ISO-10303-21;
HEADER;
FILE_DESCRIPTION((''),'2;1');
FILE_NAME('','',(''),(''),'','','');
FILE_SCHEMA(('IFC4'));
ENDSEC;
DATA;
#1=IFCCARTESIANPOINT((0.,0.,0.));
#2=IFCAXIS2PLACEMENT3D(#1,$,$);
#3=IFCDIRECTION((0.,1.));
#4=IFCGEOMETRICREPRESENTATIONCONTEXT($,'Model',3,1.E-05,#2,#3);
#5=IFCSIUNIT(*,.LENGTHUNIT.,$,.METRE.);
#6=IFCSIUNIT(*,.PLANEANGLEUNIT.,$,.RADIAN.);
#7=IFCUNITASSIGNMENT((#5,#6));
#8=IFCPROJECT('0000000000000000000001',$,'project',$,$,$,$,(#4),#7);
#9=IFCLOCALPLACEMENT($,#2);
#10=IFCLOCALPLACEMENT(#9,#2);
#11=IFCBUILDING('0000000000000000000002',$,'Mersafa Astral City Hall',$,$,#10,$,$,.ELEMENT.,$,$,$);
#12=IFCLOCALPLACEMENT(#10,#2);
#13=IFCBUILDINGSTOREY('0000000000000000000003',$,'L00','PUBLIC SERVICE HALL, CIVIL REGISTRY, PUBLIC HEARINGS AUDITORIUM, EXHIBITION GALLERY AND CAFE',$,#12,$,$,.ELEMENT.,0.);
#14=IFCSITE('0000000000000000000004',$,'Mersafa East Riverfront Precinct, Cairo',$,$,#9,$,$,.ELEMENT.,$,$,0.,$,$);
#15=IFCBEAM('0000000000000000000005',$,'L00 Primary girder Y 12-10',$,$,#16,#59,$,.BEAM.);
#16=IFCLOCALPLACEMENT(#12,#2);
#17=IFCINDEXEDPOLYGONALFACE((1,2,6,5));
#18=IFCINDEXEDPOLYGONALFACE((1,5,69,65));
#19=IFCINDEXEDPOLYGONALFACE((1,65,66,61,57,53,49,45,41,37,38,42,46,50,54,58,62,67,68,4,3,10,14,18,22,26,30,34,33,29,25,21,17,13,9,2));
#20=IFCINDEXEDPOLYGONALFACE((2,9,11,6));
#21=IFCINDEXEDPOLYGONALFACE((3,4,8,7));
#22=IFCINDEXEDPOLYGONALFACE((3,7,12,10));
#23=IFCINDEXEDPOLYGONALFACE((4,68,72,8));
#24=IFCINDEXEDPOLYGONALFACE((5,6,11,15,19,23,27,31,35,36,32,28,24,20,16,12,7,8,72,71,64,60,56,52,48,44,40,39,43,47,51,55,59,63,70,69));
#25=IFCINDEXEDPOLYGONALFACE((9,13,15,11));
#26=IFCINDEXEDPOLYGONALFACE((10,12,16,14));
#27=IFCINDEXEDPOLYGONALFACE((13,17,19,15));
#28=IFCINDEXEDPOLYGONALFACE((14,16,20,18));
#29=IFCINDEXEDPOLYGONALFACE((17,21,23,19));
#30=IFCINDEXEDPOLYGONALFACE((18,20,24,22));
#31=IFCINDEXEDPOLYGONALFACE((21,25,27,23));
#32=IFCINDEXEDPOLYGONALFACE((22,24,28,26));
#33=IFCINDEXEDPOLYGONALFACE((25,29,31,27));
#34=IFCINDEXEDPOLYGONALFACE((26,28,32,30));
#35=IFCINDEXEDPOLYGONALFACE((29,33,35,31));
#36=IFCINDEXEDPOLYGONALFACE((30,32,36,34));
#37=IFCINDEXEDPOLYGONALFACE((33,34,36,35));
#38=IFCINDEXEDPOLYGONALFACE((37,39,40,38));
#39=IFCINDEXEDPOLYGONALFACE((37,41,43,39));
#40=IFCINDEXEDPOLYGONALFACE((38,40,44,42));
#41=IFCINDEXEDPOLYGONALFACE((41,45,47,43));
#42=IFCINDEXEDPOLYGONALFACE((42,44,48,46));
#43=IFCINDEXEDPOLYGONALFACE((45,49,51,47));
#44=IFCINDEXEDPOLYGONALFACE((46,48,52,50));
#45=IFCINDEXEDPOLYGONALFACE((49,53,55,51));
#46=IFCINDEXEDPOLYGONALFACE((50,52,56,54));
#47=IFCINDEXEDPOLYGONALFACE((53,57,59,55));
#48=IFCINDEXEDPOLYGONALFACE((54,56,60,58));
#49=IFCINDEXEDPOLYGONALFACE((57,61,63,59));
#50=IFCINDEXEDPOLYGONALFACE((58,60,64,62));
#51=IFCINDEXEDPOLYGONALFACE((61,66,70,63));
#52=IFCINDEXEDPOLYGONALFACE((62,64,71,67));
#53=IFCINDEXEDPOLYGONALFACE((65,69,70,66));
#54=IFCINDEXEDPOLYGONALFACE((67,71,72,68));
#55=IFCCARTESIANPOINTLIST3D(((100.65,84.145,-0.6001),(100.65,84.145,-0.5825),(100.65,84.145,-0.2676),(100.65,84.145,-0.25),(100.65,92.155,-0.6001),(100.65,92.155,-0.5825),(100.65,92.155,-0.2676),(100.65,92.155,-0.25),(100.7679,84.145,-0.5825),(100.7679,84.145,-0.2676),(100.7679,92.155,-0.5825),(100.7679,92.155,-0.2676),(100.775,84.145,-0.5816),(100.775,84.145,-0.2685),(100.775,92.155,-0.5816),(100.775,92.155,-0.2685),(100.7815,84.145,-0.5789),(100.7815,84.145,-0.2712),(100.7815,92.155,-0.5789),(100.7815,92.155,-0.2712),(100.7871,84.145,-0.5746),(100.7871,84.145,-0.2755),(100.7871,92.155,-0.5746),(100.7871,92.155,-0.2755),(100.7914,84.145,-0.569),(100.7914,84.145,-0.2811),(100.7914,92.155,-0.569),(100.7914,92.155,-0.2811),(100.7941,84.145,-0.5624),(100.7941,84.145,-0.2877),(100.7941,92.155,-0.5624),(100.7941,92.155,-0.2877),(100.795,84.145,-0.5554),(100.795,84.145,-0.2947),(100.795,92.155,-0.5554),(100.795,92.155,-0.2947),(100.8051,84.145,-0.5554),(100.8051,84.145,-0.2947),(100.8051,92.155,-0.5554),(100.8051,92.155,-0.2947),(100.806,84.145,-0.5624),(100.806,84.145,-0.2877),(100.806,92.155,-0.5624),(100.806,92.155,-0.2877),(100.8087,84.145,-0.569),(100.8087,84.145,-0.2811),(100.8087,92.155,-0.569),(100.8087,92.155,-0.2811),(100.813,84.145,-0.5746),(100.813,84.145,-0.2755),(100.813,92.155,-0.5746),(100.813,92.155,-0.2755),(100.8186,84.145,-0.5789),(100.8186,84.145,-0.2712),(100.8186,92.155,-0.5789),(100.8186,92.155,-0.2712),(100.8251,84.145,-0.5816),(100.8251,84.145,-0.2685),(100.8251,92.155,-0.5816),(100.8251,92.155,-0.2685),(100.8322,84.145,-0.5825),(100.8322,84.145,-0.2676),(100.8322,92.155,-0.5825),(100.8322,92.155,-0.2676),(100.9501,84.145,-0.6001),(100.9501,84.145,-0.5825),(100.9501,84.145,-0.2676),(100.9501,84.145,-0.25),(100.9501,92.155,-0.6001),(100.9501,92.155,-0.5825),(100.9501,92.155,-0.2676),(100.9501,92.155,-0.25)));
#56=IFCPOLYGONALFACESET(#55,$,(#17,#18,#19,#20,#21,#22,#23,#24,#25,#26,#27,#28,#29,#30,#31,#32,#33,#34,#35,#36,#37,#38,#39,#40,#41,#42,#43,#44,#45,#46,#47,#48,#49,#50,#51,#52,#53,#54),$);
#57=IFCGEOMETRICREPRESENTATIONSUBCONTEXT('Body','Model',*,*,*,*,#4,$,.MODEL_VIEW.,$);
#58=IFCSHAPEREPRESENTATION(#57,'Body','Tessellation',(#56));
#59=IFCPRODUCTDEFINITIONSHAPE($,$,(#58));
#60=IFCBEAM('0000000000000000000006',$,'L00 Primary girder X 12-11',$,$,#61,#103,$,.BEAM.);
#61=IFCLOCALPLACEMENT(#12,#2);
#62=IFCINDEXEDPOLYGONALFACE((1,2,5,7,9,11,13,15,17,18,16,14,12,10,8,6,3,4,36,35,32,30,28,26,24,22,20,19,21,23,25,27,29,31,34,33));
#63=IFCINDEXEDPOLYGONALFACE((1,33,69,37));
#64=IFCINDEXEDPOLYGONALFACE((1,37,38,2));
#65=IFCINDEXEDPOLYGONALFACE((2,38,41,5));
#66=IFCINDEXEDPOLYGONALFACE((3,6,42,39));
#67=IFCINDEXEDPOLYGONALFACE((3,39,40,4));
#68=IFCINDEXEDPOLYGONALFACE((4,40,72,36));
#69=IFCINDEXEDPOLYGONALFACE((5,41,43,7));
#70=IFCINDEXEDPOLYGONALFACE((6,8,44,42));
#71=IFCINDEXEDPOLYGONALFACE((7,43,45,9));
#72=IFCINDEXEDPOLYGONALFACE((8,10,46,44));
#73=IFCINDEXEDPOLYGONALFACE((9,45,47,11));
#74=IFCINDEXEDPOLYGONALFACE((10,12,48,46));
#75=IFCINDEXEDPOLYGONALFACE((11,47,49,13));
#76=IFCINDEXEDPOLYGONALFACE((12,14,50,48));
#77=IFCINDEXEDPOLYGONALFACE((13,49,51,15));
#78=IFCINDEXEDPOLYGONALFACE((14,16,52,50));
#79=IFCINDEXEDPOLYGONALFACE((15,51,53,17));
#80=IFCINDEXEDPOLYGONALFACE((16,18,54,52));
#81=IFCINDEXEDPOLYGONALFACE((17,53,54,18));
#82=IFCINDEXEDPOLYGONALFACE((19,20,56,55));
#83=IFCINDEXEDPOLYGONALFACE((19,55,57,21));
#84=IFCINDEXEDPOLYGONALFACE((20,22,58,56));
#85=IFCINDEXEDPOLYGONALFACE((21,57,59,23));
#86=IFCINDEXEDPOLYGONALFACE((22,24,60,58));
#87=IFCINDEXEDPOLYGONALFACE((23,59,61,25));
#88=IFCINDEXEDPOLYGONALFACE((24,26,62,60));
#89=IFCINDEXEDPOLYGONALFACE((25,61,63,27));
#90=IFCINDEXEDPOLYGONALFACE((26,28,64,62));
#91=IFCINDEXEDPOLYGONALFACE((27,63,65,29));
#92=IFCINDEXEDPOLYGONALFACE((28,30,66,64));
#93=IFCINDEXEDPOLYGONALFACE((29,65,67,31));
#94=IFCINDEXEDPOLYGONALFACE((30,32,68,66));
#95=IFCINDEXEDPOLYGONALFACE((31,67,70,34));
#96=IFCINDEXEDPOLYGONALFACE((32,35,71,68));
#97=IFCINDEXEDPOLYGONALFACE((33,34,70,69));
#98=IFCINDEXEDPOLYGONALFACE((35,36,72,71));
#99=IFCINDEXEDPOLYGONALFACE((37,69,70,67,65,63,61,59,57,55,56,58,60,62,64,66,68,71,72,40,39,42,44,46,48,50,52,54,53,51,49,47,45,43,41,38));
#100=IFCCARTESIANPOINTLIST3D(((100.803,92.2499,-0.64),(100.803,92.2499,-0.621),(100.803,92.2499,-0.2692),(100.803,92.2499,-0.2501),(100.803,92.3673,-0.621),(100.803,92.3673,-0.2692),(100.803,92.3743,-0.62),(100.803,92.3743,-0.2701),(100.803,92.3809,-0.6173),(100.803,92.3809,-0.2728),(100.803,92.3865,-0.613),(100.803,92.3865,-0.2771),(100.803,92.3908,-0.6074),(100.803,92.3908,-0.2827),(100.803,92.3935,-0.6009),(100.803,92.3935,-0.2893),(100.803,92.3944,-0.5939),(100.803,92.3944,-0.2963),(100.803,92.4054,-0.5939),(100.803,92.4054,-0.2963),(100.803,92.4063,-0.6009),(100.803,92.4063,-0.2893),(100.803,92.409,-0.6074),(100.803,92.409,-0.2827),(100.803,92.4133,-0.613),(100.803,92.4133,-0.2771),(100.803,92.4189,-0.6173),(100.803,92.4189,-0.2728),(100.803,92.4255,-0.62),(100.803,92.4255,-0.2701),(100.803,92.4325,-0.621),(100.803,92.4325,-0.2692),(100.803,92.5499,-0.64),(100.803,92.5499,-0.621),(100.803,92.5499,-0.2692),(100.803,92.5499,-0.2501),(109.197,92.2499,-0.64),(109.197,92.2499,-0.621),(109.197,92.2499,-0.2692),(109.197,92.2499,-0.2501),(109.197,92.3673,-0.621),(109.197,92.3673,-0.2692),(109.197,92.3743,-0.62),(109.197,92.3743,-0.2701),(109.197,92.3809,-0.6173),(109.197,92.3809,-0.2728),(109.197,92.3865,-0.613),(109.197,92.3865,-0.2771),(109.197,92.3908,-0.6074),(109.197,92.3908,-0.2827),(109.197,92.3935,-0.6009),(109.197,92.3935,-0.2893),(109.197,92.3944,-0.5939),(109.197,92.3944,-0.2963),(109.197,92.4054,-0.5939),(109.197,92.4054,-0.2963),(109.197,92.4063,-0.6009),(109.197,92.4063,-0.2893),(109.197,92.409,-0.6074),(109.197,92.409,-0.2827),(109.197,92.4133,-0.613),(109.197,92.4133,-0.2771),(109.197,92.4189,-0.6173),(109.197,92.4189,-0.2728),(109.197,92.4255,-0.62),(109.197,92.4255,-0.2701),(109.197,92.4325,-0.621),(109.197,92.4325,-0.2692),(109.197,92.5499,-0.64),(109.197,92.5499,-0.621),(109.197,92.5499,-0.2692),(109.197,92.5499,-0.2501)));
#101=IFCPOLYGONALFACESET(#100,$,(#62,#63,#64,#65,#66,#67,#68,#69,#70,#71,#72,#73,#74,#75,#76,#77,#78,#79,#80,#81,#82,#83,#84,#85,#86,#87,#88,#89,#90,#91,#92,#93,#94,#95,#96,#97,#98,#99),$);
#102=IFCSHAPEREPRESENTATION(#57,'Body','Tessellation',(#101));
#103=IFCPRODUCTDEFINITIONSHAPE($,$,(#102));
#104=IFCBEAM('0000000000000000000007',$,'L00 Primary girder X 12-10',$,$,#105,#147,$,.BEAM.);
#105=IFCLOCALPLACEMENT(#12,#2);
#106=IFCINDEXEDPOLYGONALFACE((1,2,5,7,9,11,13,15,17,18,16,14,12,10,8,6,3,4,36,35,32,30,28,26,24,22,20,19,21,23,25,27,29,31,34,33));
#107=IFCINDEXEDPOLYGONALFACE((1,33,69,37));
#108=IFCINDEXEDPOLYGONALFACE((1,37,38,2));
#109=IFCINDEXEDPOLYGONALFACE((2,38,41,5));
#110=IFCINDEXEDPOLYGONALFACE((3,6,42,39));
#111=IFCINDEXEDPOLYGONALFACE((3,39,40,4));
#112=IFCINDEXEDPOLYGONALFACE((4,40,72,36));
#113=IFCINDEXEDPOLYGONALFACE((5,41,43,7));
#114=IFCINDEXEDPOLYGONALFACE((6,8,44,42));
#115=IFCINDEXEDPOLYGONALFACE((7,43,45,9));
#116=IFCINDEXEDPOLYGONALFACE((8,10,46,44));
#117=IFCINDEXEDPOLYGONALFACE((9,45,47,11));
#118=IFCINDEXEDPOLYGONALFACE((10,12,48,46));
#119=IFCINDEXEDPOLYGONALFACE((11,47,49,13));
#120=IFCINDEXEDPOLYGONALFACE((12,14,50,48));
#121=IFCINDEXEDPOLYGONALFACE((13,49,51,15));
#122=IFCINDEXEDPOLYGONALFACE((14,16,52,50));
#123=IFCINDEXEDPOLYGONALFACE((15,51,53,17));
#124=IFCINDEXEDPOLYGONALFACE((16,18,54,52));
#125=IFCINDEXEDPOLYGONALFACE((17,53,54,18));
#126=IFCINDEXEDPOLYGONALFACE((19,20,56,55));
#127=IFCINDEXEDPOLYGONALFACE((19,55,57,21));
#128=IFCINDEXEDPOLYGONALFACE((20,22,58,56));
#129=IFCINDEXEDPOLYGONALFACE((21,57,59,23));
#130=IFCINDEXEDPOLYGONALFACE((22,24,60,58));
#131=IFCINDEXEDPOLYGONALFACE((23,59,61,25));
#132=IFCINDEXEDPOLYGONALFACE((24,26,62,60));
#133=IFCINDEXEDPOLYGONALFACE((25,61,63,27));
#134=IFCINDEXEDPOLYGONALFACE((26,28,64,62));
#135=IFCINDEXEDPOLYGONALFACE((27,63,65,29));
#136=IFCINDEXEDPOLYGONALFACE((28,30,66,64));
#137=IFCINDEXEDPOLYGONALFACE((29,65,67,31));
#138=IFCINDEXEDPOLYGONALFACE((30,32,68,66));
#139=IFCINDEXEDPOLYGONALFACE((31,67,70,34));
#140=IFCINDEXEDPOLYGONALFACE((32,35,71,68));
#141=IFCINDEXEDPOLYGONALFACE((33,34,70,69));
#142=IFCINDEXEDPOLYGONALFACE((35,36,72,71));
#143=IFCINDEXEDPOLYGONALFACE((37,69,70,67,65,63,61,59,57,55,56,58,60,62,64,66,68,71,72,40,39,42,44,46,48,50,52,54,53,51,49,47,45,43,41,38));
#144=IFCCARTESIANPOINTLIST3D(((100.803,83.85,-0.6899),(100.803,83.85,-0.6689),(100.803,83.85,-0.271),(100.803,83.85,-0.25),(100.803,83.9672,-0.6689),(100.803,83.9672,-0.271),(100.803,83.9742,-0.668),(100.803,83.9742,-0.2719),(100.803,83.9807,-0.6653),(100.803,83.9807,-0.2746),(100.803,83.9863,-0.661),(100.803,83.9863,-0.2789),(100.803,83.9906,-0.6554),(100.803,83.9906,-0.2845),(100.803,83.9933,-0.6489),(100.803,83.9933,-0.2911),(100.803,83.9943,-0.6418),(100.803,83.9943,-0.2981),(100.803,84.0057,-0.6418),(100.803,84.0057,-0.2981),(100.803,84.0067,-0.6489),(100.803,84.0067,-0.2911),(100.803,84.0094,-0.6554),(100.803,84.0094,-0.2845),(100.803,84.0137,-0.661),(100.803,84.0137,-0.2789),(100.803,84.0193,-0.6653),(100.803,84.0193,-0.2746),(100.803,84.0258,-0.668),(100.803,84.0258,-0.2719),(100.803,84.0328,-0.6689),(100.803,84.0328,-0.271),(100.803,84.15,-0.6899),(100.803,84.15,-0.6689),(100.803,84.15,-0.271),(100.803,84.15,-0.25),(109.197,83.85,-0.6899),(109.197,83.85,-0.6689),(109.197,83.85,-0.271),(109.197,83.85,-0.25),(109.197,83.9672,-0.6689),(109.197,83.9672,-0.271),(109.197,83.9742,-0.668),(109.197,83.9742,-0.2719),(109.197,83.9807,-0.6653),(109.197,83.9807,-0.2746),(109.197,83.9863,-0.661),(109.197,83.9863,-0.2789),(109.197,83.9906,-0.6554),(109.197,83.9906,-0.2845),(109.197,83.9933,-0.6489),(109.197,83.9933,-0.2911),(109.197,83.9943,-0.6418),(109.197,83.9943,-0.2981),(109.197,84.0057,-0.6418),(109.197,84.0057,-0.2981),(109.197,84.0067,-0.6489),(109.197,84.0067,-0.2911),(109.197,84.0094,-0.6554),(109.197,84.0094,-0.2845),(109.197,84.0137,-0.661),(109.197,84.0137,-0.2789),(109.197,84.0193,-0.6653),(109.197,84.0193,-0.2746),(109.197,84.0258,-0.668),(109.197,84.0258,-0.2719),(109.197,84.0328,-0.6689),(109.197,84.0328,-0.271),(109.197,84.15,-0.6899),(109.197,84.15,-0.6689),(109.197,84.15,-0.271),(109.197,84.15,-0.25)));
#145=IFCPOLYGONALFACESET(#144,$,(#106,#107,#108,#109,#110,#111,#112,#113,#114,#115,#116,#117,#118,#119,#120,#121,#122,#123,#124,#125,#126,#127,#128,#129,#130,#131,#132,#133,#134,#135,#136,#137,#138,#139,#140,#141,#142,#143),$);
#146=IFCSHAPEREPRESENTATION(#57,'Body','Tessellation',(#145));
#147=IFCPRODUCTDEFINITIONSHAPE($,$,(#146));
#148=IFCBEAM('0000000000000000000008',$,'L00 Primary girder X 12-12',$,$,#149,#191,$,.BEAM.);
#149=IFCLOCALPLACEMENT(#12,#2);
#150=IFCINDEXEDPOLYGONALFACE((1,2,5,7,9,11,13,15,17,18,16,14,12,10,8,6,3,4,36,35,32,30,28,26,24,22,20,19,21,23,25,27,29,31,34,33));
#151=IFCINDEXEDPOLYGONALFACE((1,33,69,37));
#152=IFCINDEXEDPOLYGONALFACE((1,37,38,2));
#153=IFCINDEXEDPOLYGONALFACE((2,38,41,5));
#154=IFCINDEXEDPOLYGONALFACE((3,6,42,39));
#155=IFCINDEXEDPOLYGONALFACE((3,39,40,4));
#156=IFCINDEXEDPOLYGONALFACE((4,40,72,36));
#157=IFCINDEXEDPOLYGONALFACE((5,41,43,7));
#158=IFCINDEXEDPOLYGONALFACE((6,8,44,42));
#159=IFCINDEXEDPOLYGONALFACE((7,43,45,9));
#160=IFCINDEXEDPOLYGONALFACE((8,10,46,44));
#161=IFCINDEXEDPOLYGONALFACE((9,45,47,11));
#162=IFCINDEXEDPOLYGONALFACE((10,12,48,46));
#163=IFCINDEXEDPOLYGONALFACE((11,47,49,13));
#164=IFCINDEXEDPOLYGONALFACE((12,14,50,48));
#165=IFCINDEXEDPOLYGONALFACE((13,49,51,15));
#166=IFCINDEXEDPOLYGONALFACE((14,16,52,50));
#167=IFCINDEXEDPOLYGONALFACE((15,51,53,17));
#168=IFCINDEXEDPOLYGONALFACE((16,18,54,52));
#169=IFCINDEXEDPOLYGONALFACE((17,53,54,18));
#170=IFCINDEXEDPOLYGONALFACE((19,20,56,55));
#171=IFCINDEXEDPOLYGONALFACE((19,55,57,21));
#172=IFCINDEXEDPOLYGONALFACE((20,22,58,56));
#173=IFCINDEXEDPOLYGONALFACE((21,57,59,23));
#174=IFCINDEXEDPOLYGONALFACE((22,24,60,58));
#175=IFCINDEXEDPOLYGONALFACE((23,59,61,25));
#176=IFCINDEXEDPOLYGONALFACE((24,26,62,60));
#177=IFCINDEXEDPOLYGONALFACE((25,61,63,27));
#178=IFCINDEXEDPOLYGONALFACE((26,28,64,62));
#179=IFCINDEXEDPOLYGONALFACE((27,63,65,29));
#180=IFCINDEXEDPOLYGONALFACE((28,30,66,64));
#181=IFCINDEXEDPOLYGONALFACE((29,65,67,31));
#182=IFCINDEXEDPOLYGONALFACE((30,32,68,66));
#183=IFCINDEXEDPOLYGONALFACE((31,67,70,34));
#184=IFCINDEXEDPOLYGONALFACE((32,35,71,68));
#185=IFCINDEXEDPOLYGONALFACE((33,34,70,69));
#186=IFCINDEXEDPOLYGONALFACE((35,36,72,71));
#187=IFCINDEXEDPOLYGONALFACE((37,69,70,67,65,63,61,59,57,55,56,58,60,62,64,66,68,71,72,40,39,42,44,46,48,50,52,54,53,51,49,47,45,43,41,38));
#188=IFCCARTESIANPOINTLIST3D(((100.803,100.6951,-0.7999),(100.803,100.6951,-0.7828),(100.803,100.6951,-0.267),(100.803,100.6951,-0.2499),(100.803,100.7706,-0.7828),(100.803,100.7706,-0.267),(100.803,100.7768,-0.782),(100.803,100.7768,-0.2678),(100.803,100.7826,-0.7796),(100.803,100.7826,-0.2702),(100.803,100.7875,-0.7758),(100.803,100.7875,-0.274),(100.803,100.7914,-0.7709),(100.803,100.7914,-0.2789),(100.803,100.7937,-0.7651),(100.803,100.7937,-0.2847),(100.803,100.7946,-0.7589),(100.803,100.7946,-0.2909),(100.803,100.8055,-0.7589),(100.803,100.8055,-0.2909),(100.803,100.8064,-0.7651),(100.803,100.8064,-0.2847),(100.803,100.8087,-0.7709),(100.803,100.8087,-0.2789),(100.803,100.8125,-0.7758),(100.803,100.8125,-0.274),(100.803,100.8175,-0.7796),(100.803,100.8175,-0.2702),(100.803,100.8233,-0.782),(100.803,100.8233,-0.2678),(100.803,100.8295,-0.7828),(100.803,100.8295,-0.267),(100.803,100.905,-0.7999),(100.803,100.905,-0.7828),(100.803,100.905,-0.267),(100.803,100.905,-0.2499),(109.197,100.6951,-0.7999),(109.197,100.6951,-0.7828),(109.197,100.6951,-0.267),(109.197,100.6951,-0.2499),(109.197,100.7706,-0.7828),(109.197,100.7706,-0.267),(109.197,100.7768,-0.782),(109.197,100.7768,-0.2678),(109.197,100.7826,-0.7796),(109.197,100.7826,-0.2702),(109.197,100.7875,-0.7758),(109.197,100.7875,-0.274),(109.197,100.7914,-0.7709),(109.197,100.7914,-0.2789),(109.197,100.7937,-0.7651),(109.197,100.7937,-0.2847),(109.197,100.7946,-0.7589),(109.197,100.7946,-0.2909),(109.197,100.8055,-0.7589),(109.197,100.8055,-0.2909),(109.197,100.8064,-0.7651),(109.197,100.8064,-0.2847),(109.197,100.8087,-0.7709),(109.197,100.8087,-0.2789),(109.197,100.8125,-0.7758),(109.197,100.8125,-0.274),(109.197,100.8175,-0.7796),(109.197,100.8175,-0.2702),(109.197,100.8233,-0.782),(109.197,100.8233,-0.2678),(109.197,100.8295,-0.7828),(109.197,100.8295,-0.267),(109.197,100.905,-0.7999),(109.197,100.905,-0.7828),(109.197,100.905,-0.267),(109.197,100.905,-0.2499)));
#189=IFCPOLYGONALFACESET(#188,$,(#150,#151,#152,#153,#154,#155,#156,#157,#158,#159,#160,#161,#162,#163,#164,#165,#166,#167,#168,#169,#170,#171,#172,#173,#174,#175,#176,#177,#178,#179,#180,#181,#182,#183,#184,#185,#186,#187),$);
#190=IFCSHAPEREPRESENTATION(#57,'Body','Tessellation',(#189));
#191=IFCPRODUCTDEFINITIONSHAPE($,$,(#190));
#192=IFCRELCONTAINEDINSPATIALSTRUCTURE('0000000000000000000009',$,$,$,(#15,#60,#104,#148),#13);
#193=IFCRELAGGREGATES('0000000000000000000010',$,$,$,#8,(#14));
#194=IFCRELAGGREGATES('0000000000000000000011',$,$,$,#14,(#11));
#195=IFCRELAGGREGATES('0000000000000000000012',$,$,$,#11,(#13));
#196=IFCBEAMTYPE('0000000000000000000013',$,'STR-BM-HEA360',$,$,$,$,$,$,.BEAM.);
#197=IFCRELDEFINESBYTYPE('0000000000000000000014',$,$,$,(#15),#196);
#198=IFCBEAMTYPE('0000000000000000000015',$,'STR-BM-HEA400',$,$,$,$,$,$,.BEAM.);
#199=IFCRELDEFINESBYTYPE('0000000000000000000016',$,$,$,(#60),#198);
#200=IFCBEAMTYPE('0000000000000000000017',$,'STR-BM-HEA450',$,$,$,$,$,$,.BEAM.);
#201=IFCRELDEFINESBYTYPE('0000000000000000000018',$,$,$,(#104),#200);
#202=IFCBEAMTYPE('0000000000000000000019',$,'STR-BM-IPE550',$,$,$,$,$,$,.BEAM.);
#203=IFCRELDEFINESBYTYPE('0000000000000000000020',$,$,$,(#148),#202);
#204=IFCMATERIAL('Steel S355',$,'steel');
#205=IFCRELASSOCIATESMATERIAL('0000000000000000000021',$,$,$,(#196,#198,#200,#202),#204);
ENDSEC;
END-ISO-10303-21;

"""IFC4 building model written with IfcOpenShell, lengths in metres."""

from ifc_helpers import new_model, si_unit, direction, frame, origin, origin_2d, place, context, subcontext, project, spatial, i_section, extrude, material, material_profile, profile_set, type_object, element, save


model = new_model("IFC4")

# Units and contexts
model_context = context("Model", 3, precision=1e-05, world=origin(), true_north=direction((0.0, 1.0)))
body_context = subcontext(model_context, "Body", "Model", "MODEL_VIEW")
ifc_project = project(units=[si_unit("LENGTHUNIT", "METRE"), si_unit("PLANEANGLEUNIT", "RADIAN")], contexts=[model_context])

# Site, building, storey
site_placement = place(None, origin())
site = spatial("IfcSite", under=ifc_project, at=site_placement, Name="Mersafa East Riverfront Precinct, Cairo", CompositionType="ELEMENT", RefElevation=0.0)
building_placement = place(site_placement, origin())
building = spatial("IfcBuilding", under=site, at=building_placement, Name="Mersafa Astral City Hall", CompositionType="ELEMENT")
storey_placement = place(building_placement, origin())
storey = spatial("IfcBuildingStorey", under=building, at=storey_placement, Name="L00", Description="PUBLIC SERVICE HALL, CIVIL REGISTRY, PUBLIC HEARINGS AUDITORIUM, EXHIBITION GALLERY AND CAFE", CompositionType="ELEMENT", Elevation=0.0)

# Shared definitions
ifc_material_1 = material(Name="Steel S355", Category="steel")

# Beams
ifc_material_profile_1 = material_profile(ifc_material_1, i_section(OverallWidth=0.3, OverallDepth=0.3501, WebThickness=0.01, FlangeThickness=0.0176, FilletRadius=0.0271, at=origin_2d()), Name="HEA 360")
ifc_profile_set_1 = profile_set([ifc_material_profile_1], Name="Steel S355")
beam_type_1 = type_object("IfcBeamType", Name="STR-BM-HEA360", PredefinedType="BEAM", material=ifc_profile_set_1)
beam_1_placement = place(storey_placement, frame((100.8, 84.145, -0.425), z_axis=(0.0, 1.0, 0.0), x_axis=(-1.0, 0.0, 0.0)))
element("IfcBeam", 1, at=beam_1_placement, inside=storey, type_object=beam_type_1, Name="L00 Primary girder Y 12-10", PredefinedType="BEAM", context=body_context, shape_type="SweptSolid", body=[
    extrude(i_section(OverallWidth=0.3, OverallDepth=0.3501, WebThickness=0.01, FlangeThickness=0.0176, FilletRadius=0.0271, at=origin_2d()), origin(), (0.0, 0.0, 1.0), 8.01),
])
ifc_material_profile_2 = material_profile(ifc_material_1, i_section(OverallWidth=0.3, OverallDepth=0.3899, WebThickness=0.011, FlangeThickness=0.019, FilletRadius=0.0271, at=origin_2d()), Name="HEA 400")
ifc_profile_set_2 = profile_set([ifc_material_profile_2], Name="Steel S355")
beam_type_2 = type_object("IfcBeamType", Name="STR-BM-HEA400", PredefinedType="BEAM", material=ifc_profile_set_2)
beam_2_placement = place(storey_placement, frame((100.803, 92.3999, -0.4451), z_axis=(1.0, 0.0, 0.0), x_axis=(0.0, 1.0, 0.0)))
element("IfcBeam", 2, at=beam_2_placement, inside=storey, type_object=beam_type_2, Name="L00 Primary girder X 12-11", PredefinedType="BEAM", context=body_context, shape_type="SweptSolid", body=[
    extrude(i_section(OverallWidth=0.3, OverallDepth=0.3899, WebThickness=0.011, FlangeThickness=0.019, FilletRadius=0.0271, at=origin_2d()), origin(), (0.0, 0.0, 1.0), 8.394),
])
ifc_material_profile_3 = material_profile(ifc_material_1, i_section(OverallWidth=0.3, OverallDepth=0.4399, WebThickness=0.0115, FlangeThickness=0.021, FilletRadius=0.0271, at=origin_2d()), Name="HEA 450")
ifc_profile_set_3 = profile_set([ifc_material_profile_3], Name="Steel S355")
beam_type_3 = type_object("IfcBeamType", Name="STR-BM-HEA450", PredefinedType="BEAM", material=ifc_profile_set_3)
beam_3_placement = place(storey_placement, frame((100.803, 84.0, -0.47), z_axis=(1.0, 0.0, 0.0), x_axis=(0.0, 1.0, 0.0)))
element("IfcBeam", 3, at=beam_3_placement, inside=storey, type_object=beam_type_3, Name="L00 Primary girder X 12-10", PredefinedType="BEAM", context=body_context, shape_type="SweptSolid", body=[
    extrude(i_section(OverallWidth=0.3, OverallDepth=0.4399, WebThickness=0.0115, FlangeThickness=0.021, FilletRadius=0.0271, at=origin_2d()), origin(), (0.0, 0.0, 1.0), 8.394),
])
ifc_material_profile_4 = material_profile(ifc_material_1, i_section(OverallWidth=0.21, OverallDepth=0.55, WebThickness=0.011, FlangeThickness=0.0171, FilletRadius=0.0239, at=origin_2d()), Name="IPE 550")
ifc_profile_set_4 = profile_set([ifc_material_profile_4], Name="Steel S355")
beam_type_4 = type_object("IfcBeamType", Name="STR-BM-IPE550", PredefinedType="BEAM", material=ifc_profile_set_4)
beam_4_placement = place(storey_placement, frame((100.803, 100.8, -0.5249), z_axis=(1.0, 0.0, 0.0), x_axis=(0.0, 1.0, 0.0)))
element("IfcBeam", 4, at=beam_4_placement, inside=storey, type_object=beam_type_4, Name="L00 Primary girder X 12-12", PredefinedType="BEAM", context=body_context, shape_type="SweptSolid", body=[
    extrude(i_section(OverallWidth=0.21, OverallDepth=0.55, WebThickness=0.011, FlangeThickness=0.0171, FilletRadius=0.0239, at=origin_2d()), origin(), (0.0, 0.0, 1.0), 8.394),
])

save(model, "model.ifc")
